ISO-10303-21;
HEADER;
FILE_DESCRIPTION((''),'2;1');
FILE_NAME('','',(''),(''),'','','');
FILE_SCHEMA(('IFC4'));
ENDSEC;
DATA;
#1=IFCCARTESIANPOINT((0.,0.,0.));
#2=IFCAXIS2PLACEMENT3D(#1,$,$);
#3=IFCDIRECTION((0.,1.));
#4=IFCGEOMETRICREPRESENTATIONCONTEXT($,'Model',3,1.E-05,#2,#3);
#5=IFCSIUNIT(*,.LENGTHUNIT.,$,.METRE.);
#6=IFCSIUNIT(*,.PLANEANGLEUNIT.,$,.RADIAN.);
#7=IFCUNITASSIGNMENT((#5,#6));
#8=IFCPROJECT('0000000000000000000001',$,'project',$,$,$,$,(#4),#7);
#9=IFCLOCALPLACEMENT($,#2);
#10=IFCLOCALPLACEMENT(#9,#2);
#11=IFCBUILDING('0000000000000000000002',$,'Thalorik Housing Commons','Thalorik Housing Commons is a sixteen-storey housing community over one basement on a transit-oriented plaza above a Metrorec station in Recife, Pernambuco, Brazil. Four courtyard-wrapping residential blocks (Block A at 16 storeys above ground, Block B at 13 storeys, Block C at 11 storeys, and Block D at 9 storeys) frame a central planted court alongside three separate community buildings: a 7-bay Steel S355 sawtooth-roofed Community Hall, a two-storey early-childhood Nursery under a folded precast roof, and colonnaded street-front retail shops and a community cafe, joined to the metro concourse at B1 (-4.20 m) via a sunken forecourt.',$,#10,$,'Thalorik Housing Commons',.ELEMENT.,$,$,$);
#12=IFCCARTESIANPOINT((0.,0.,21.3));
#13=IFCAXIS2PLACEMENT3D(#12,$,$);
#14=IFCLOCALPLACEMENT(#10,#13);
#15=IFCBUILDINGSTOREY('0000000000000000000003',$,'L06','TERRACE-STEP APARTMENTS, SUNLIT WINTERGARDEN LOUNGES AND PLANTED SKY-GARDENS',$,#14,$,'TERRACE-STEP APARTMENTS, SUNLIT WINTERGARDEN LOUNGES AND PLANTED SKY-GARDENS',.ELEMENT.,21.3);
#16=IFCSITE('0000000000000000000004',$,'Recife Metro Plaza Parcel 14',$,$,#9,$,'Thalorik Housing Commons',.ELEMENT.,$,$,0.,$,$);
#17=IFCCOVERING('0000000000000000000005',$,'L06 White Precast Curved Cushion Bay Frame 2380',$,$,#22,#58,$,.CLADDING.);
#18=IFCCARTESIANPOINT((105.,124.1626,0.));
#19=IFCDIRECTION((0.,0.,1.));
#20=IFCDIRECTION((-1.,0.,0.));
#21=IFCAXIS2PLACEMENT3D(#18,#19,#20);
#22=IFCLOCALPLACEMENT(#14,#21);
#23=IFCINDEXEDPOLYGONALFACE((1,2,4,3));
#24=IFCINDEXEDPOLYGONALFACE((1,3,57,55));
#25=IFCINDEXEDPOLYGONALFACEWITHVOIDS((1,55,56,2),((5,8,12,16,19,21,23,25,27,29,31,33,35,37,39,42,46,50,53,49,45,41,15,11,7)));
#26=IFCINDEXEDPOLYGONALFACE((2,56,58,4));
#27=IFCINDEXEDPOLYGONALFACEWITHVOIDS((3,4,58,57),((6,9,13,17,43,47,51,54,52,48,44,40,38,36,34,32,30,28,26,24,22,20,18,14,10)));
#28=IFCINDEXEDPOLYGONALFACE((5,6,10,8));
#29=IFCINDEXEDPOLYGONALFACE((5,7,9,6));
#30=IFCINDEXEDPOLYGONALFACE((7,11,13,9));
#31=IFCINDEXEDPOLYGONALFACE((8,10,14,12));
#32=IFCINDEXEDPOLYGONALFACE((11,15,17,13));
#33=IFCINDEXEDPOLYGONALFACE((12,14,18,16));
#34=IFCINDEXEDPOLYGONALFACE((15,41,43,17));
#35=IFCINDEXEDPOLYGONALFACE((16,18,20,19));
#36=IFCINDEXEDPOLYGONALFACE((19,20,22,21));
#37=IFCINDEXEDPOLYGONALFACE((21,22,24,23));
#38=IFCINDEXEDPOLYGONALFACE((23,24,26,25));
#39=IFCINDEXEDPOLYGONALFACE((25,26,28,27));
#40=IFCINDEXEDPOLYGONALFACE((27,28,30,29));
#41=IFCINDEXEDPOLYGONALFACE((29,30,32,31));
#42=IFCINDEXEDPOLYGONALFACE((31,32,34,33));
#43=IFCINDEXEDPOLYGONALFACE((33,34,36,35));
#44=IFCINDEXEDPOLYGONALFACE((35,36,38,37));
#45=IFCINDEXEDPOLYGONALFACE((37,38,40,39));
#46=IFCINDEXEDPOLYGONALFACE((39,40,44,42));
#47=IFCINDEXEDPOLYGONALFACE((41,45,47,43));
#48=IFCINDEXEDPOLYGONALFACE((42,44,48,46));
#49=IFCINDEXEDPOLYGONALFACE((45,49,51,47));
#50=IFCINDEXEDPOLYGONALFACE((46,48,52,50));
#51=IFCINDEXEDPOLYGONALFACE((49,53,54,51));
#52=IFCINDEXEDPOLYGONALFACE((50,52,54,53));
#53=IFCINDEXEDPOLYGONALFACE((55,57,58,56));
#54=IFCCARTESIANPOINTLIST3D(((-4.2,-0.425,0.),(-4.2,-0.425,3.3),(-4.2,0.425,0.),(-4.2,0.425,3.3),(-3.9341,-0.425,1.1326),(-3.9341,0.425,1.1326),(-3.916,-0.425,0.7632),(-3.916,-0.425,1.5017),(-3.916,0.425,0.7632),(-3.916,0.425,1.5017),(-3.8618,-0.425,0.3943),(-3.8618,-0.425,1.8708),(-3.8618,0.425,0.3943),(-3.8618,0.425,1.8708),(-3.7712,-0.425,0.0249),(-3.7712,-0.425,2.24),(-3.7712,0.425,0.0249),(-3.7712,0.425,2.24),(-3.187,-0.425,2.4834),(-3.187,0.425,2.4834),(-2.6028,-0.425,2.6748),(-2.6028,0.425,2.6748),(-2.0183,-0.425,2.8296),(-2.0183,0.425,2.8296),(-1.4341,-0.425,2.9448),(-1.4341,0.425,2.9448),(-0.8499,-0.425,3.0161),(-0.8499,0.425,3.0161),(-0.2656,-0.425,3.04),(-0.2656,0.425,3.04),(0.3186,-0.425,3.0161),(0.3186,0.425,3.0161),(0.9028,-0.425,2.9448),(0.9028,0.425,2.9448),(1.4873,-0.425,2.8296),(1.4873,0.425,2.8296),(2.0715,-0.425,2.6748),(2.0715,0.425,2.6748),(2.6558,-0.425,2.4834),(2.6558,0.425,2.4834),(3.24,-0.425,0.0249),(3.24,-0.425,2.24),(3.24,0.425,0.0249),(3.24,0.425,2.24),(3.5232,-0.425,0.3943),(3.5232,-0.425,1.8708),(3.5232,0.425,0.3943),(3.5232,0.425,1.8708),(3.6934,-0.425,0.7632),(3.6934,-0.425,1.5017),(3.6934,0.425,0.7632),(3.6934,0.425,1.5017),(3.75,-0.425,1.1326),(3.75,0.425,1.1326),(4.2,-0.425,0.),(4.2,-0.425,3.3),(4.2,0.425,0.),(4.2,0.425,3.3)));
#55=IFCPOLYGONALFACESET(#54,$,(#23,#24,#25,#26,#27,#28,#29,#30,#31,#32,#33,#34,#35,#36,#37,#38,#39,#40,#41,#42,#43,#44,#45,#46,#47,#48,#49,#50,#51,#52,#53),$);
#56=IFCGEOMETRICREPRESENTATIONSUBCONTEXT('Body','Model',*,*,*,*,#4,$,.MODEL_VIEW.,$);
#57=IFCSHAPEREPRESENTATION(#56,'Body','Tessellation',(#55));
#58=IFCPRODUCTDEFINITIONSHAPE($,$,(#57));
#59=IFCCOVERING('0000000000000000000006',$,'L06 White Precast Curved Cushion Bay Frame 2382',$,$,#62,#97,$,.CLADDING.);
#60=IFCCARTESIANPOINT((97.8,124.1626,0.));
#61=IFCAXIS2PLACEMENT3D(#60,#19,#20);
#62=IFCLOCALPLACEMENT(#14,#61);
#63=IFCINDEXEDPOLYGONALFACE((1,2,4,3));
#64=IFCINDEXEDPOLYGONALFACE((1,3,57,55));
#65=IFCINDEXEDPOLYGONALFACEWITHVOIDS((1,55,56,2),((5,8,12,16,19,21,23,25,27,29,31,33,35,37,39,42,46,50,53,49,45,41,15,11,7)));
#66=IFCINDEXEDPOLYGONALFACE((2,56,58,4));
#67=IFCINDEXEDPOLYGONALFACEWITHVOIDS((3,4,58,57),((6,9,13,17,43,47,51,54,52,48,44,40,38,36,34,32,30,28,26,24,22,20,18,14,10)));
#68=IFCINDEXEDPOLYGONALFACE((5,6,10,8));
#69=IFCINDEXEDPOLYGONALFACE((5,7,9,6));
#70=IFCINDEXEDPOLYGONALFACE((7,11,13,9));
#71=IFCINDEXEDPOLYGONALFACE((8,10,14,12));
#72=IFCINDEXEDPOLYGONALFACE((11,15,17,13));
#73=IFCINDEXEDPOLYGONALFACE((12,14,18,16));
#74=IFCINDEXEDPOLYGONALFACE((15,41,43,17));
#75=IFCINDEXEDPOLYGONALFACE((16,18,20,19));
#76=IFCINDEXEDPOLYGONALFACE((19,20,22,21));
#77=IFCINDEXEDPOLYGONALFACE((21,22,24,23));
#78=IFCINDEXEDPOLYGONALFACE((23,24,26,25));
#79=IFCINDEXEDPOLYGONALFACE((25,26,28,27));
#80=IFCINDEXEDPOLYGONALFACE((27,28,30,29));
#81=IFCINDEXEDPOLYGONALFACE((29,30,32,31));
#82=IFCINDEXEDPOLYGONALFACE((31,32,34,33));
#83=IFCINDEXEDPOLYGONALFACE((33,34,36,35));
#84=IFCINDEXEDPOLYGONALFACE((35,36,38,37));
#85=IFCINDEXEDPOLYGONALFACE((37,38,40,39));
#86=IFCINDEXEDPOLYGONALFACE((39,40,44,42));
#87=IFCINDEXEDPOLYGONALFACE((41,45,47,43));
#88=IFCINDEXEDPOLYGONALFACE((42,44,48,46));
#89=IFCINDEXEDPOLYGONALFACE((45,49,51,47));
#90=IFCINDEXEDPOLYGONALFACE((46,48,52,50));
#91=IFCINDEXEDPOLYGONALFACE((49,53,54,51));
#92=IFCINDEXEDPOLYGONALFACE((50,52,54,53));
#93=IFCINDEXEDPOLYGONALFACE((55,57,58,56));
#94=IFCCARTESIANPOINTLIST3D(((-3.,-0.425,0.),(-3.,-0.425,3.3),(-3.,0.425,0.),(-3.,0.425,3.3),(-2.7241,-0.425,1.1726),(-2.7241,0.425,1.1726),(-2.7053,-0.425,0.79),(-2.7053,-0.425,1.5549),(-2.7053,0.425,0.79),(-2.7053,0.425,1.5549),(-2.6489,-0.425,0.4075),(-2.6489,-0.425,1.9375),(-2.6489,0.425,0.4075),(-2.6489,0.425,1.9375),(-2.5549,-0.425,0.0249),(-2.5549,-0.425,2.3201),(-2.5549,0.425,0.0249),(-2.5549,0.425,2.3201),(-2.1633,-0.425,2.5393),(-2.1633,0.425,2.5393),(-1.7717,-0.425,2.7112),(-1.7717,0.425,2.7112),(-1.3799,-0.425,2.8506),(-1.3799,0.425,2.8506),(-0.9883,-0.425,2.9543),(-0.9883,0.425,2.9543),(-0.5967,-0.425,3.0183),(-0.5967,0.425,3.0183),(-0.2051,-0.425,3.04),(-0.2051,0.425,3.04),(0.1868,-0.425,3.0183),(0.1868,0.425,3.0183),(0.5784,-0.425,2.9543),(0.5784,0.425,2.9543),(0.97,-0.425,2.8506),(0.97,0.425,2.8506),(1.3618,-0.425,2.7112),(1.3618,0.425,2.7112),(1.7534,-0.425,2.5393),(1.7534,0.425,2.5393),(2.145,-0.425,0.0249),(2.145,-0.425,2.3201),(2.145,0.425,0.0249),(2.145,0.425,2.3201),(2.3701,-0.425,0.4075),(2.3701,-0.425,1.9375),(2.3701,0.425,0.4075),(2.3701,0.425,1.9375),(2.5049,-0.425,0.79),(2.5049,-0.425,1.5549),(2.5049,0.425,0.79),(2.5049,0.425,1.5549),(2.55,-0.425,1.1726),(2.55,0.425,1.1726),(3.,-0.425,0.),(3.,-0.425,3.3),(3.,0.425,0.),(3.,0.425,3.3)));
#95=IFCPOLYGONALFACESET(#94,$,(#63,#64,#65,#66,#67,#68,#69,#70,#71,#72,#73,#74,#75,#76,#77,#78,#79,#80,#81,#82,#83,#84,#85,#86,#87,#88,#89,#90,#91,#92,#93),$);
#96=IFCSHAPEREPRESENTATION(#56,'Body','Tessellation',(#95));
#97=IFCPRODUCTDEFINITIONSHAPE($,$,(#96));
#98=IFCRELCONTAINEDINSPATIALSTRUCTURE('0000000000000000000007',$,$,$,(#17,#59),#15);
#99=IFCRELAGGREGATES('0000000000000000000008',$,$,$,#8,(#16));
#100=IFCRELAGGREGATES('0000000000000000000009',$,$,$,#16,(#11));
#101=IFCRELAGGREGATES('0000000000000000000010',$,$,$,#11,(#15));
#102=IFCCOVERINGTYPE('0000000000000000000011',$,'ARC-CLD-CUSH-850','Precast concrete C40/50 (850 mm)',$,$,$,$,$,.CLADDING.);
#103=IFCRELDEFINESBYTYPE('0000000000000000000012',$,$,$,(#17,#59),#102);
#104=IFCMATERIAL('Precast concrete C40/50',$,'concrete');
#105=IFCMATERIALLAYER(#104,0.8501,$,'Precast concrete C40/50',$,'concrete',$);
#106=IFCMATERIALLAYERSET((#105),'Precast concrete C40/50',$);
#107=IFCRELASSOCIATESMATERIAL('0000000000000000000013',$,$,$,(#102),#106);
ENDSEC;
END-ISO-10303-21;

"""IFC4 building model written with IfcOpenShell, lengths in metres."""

from ifc_helpers import new_model, si_unit, direction, frame, origin, place, context, subcontext, project, spatial, polyline, outline, extrude, material, layer, layer_set, type_object, element, save


model = new_model("IFC4")

# Units and contexts
model_context = context("Model", 3, precision=1e-05, world=origin(), true_north=direction((0.0, 1.0)))
body_context = subcontext(model_context, "Body", "Model", "MODEL_VIEW")
ifc_project = project(units=[si_unit("LENGTHUNIT", "METRE"), si_unit("PLANEANGLEUNIT", "RADIAN")], contexts=[model_context])

# Site, building, storey
site_placement = place(None, origin())
site = spatial("IfcSite", under=ifc_project, at=site_placement, Name="Recife Metro Plaza Parcel 14", LongName="Thalorik Housing Commons", CompositionType="ELEMENT", RefElevation=0.0)
building_placement = place(site_placement, origin())
building = spatial("IfcBuilding", under=site, at=building_placement, Name="Thalorik Housing Commons", Description="Thalorik Housing Commons is a sixteen-storey housing community over one basement on a transit-oriented plaza above a Metrorec station in Recife, Pernambuco, Brazil. Four courtyard-wrapping residential blocks (Block A at 16 storeys above ground, Block B at 13 storeys, Block C at 11 storeys, and Block D at 9 storeys) frame a central planted court alongside three separate community buildings: a 7-bay Steel S355 sawtooth-roofed Community Hall, a two-storey early-childhood Nursery under a folded precast roof, and colonnaded street-front retail shops and a community cafe, joined to the metro concourse at B1 (-4.20 m) via a sunken forecourt.", LongName="Thalorik Housing Commons", CompositionType="ELEMENT")
storey_placement = place(building_placement, frame((0.0, 0.0, 21.3)))
storey = spatial("IfcBuildingStorey", under=building, at=storey_placement, Name="L06", Description="TERRACE-STEP APARTMENTS, SUNLIT WINTERGARDEN LOUNGES AND PLANTED SKY-GARDENS", LongName="TERRACE-STEP APARTMENTS, SUNLIT WINTERGARDEN LOUNGES AND PLANTED SKY-GARDENS", CompositionType="ELEMENT", Elevation=21.3)

# Shared definitions
ifc_material_1 = material(Name="Precast concrete C40/50", Category="concrete")

# Coverings
ifc_layer_1 = layer(ifc_material_1, 0.8501, Name="Precast concrete C40/50", Category="concrete")
ifc_layer_set_1 = layer_set([ifc_layer_1], Name="Precast concrete C40/50")
covering_type_1 = type_object("IfcCoveringType", Name="ARC-CLD-CUSH-850", Description="Precast concrete C40/50 (850 mm)", PredefinedType="CLADDING", material=ifc_layer_set_1)
covering_1_placement = place(storey_placement, frame((105.0, 124.1626, 0.0), z_axis=(0.0, 0.0, 1.0), x_axis=(-1.0, 0.0, 0.0)))
element("IfcCovering", 1, at=covering_1_placement, inside=storey, type_object=covering_type_1, Name="L06 White Precast Curved Cushion Bay Frame 2380", PredefinedType="CLADDING", context=body_context, shape_type="SweptSolid", body=[
    extrude(outline(polyline([(-4.2, 0.0), (4.2, 0.0), (4.2, 3.3), (-4.2, 3.3), (-4.2, 0.0)]), holes=[polyline([(3.24, 0.0249), (3.5232, 0.3943), (3.6934, 0.7632), (3.75, 1.1326), (3.6934, 1.5017), (3.5232, 1.8708), (3.24, 2.24), (2.6558, 2.4834), (2.0715, 2.6748), (1.4873, 2.8296), (0.9028, 2.9448), (0.3186, 3.0161), (-0.2656, 3.04), (-0.8499, 3.0161), (-1.4341, 2.9448), (-2.0183, 2.8296), (-2.6028, 2.6748), (-3.187, 2.4834), (-3.7712, 2.24), (-3.8618, 1.8708), (-3.916, 1.5017), (-3.9341, 1.1326), (-3.916, 0.7632), (-3.8618, 0.3943), (-3.7712, 0.0249), (3.24, 0.0249)])]), frame((0.0, 0.425, 0.0), z_axis=(0.0, -1.0, 0.0), x_axis=(1.0, 0.0, 0.0)), (0.0, 0.0, 1.0), 0.8501),
])
covering_2_placement = place(storey_placement, frame((97.8, 124.1626, 0.0), z_axis=(0.0, 0.0, 1.0), x_axis=(-1.0, 0.0, 0.0)))
element("IfcCovering", 2, at=covering_2_placement, inside=storey, type_object=covering_type_1, Name="L06 White Precast Curved Cushion Bay Frame 2382", PredefinedType="CLADDING", context=body_context, shape_type="SweptSolid", body=[
    extrude(outline(polyline([(-3.0, 0.0), (3.0, 0.0), (3.0, 3.3), (-3.0, 3.3), (-3.0, 0.0)]), holes=[polyline([(2.145, 0.0249), (2.3701, 0.4075), (2.5049, 0.79), (2.55, 1.1726), (2.5049, 1.5549), (2.3701, 1.9375), (2.145, 2.3201), (1.7534, 2.5393), (1.3618, 2.7112), (0.97, 2.8506), (0.5784, 2.9543), (0.1868, 3.0183), (-0.2051, 3.04), (-0.5967, 3.0183), (-0.9883, 2.9543), (-1.3799, 2.8506), (-1.7717, 2.7112), (-2.1633, 2.5393), (-2.5549, 2.3201), (-2.6489, 1.9375), (-2.7053, 1.5549), (-2.7241, 1.1726), (-2.7053, 0.79), (-2.6489, 0.4075), (-2.5549, 0.0249), (2.145, 0.0249)])]), frame((0.0, 0.425, 0.0), z_axis=(0.0, -1.0, 0.0), x_axis=(1.0, 0.0, 0.0)), (0.0, 0.0, 1.0), 0.8501),
])

save(model, "model.ifc")
